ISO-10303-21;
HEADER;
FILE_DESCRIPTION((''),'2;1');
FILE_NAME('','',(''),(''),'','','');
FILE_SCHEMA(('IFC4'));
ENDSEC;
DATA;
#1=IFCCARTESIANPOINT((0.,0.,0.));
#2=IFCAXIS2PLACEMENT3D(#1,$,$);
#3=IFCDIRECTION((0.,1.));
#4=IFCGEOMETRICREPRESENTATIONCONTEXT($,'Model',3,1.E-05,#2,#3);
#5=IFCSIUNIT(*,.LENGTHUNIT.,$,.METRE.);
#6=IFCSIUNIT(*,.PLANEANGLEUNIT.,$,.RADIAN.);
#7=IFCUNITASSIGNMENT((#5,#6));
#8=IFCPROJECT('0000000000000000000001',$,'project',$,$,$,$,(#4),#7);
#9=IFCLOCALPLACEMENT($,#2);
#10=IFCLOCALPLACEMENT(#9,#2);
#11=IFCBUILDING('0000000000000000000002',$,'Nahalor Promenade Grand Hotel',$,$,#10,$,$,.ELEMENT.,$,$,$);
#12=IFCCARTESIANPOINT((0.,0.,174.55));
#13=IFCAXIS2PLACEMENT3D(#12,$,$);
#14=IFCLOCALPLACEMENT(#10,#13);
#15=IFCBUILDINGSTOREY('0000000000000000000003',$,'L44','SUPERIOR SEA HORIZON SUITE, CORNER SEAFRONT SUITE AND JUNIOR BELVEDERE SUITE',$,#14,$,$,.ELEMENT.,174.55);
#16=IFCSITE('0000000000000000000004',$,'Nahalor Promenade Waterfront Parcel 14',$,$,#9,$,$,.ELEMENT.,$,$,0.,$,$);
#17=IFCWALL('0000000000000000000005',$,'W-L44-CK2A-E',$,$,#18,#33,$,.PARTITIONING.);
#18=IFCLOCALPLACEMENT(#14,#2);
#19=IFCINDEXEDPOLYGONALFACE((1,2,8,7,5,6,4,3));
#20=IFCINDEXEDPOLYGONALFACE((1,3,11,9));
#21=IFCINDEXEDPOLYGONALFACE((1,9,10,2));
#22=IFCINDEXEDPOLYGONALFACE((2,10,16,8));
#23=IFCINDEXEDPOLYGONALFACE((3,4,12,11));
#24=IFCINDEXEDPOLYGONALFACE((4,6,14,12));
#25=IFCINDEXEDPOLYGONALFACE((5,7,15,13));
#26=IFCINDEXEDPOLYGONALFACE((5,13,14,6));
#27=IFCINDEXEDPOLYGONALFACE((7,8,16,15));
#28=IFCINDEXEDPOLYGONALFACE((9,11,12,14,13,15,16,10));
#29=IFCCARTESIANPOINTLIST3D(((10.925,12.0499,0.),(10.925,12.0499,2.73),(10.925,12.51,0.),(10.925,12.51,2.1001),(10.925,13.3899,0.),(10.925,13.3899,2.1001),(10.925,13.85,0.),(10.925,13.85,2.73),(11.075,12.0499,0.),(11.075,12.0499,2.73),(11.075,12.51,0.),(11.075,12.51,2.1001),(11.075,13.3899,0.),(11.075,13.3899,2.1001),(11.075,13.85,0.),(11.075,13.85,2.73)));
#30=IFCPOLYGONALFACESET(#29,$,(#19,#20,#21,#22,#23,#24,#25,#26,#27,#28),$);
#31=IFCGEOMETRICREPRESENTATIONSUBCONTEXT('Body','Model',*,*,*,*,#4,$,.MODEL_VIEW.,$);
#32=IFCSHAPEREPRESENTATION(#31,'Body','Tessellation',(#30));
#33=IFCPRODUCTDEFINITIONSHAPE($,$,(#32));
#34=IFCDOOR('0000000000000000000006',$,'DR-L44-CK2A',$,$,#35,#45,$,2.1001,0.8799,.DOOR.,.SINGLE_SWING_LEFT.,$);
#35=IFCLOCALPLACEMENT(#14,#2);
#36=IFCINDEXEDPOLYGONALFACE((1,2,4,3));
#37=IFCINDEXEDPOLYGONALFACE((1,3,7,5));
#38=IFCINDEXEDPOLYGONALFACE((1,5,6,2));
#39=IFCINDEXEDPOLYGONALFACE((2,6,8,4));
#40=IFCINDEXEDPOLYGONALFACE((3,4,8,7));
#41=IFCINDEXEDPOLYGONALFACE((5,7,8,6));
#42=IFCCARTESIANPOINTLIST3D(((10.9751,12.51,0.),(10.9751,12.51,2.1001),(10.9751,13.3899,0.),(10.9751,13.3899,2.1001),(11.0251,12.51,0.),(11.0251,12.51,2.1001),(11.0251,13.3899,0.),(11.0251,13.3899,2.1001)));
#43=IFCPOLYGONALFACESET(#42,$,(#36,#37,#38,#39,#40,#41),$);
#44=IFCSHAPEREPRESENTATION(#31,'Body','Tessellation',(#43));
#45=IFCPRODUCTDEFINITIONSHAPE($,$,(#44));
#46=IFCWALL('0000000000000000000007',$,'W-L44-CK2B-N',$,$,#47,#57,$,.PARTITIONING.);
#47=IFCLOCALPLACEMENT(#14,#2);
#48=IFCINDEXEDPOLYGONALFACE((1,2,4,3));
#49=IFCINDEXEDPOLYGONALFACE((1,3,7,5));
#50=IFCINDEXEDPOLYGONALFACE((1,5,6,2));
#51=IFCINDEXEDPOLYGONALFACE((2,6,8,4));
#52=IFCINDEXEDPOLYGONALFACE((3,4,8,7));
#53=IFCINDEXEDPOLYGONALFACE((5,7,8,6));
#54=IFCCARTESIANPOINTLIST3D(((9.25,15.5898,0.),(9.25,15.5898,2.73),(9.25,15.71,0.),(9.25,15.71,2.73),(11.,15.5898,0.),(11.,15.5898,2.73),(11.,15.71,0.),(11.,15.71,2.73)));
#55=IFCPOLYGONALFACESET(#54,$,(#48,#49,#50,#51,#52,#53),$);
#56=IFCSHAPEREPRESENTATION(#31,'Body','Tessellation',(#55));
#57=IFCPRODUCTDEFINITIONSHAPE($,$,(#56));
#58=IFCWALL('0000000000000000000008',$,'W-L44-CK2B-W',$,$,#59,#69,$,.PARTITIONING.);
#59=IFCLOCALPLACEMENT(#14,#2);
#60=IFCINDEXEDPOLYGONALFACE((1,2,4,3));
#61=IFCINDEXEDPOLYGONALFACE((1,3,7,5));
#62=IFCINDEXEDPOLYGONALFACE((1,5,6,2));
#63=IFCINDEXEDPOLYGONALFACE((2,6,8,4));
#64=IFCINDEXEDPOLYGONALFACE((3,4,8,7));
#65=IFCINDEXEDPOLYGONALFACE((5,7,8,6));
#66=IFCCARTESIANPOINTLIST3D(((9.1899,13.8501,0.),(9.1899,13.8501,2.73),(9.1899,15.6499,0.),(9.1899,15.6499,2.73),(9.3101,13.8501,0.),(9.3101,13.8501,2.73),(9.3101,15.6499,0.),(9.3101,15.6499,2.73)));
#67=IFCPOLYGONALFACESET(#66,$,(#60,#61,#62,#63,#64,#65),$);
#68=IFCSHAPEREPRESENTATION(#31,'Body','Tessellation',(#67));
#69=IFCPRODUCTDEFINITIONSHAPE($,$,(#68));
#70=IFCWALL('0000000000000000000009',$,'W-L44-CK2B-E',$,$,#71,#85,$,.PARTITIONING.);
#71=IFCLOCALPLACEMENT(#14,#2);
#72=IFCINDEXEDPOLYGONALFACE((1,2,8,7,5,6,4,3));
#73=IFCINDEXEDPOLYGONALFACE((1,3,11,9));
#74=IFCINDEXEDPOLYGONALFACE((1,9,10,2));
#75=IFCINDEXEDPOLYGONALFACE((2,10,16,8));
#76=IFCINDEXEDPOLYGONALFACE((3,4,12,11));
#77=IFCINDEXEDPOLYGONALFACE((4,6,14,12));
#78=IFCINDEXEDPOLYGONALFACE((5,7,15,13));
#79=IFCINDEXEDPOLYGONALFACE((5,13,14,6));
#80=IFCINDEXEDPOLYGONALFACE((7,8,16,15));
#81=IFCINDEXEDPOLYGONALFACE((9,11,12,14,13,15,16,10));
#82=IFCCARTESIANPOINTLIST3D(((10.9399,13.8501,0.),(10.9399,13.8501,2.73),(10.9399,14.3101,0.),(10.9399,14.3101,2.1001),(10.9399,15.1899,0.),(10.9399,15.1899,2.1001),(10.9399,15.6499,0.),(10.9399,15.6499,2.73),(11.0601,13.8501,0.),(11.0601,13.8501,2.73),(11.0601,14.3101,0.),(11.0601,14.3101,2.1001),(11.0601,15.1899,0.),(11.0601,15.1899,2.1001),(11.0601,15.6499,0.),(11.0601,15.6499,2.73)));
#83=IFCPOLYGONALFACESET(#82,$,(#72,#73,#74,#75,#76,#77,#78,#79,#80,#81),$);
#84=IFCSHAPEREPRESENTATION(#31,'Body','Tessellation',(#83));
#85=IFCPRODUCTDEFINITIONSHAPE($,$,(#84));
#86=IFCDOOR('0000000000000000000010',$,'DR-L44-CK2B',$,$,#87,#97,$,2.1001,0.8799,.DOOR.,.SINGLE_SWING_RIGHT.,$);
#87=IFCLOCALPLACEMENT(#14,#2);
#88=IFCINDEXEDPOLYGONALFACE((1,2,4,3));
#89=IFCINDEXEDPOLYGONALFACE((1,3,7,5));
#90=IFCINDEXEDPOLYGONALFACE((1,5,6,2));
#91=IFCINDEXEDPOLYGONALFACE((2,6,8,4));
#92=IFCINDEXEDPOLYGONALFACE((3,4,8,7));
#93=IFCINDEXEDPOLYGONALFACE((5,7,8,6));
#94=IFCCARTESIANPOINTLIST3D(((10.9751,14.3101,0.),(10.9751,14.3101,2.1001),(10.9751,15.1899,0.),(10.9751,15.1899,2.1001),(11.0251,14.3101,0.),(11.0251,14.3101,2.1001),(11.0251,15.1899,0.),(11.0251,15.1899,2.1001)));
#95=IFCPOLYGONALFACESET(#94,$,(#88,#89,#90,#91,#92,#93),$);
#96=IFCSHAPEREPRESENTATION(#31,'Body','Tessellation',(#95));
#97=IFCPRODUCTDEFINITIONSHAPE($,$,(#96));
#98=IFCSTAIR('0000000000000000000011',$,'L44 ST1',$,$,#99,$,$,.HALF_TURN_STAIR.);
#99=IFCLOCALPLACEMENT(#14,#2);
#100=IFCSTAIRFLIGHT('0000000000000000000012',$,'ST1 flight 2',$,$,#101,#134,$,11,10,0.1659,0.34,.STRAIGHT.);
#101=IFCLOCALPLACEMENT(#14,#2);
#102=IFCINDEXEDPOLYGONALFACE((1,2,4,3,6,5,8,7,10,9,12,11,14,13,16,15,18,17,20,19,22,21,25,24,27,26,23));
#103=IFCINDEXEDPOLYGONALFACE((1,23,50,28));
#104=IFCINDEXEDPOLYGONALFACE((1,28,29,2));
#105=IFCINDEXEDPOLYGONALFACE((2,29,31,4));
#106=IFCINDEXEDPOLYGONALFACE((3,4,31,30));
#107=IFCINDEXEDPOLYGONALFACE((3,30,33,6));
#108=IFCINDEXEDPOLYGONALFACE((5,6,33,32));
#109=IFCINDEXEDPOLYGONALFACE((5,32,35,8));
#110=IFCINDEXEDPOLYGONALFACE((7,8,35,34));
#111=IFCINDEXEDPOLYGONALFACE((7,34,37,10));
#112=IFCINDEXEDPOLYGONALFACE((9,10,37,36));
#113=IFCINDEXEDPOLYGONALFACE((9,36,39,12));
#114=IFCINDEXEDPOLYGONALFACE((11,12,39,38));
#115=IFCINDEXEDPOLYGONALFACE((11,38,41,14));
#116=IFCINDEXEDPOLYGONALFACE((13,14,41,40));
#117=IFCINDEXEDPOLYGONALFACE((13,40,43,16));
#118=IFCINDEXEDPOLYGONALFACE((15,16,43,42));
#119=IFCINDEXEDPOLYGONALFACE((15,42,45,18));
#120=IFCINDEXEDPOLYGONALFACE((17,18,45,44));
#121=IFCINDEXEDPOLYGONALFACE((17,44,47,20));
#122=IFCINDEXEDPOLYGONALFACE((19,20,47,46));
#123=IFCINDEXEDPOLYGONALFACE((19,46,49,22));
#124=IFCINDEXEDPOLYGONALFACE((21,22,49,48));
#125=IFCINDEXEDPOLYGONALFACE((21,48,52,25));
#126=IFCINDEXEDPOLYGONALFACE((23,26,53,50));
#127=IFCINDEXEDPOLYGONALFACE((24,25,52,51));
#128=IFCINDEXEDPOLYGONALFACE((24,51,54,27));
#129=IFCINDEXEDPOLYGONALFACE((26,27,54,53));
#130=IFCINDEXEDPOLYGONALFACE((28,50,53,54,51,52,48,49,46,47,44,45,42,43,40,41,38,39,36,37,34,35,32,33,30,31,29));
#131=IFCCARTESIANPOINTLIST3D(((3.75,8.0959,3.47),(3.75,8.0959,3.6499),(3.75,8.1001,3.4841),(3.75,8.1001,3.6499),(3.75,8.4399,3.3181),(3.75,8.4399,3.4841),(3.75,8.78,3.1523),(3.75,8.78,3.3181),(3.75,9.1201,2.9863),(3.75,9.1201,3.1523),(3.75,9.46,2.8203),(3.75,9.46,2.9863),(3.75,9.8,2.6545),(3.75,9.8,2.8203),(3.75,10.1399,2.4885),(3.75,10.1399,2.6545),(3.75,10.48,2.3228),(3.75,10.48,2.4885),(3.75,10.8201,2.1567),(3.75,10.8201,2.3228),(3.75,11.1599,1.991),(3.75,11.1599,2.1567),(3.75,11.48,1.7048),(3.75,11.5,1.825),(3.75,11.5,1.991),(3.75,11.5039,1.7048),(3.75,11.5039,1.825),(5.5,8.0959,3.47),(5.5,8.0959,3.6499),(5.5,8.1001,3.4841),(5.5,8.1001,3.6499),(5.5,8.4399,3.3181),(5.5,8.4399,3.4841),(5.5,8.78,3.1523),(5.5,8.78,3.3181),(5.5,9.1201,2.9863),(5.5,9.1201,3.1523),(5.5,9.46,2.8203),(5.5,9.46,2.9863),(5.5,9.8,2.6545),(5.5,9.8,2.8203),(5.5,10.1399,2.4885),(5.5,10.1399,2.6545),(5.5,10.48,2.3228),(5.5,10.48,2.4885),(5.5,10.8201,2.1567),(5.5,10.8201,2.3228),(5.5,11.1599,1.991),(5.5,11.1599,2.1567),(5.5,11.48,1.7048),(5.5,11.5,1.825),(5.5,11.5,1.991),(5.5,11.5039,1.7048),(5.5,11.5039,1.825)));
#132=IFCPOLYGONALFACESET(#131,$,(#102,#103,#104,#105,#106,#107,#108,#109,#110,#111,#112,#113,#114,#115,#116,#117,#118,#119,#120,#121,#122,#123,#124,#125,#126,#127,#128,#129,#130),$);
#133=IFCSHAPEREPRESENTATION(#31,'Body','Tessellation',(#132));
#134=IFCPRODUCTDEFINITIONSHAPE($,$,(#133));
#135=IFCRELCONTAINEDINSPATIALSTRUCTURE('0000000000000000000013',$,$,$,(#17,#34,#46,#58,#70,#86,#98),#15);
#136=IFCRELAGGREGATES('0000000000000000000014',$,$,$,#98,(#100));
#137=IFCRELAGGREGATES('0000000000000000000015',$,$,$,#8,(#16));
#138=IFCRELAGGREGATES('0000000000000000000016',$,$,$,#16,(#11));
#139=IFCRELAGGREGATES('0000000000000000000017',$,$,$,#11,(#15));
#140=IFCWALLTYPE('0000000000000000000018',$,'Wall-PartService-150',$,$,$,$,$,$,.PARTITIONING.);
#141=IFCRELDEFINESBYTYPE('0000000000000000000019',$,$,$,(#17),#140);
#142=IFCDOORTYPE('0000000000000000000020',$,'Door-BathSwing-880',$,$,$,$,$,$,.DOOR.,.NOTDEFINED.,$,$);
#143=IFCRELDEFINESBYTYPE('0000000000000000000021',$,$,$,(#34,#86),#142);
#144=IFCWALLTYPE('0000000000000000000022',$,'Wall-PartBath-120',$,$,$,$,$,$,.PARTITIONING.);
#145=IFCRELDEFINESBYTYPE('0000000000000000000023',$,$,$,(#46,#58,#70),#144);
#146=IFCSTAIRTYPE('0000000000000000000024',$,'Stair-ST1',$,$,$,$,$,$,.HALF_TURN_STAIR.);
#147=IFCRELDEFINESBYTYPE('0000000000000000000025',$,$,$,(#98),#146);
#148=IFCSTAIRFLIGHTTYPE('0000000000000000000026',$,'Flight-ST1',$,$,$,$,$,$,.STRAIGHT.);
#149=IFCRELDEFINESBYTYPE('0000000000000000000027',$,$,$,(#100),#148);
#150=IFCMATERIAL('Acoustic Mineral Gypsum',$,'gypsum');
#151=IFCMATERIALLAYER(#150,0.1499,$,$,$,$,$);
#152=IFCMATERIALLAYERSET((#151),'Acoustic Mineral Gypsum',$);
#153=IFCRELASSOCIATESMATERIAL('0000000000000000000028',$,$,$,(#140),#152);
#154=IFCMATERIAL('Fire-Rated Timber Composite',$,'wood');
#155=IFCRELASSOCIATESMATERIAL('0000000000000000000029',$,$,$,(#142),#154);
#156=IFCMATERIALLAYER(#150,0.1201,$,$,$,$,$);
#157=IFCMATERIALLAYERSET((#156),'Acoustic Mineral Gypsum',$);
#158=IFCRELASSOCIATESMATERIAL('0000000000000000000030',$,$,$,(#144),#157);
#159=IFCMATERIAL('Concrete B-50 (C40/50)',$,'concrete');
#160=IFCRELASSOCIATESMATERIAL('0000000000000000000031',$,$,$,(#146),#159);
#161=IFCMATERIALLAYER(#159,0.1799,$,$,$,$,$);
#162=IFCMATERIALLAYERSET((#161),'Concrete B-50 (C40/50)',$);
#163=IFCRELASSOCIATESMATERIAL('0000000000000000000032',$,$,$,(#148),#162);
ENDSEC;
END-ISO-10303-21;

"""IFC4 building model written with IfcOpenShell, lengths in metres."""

from ifc_helpers import new_model, si_unit, direction, frame, frame_2d, origin, place, context, subcontext, project, spatial, polyline, rectangle, outline, extrude, source, transform, mapped, material, layer, layer_set, type_object, element, fill, aggregate, save


model = new_model("IFC4")

# Units and contexts
model_context = context("Model", 3, precision=1e-05, world=origin(), true_north=direction((0.0, 1.0)))
body_context = subcontext(model_context, "Body", "Model", "MODEL_VIEW")
ifc_project = project(units=[si_unit("LENGTHUNIT", "METRE"), si_unit("PLANEANGLEUNIT", "RADIAN")], contexts=[model_context])

# Site, building, storey
site_placement = place(None, origin())
site = spatial("IfcSite", under=ifc_project, at=site_placement, Name="Nahalor Promenade Waterfront Parcel 14", CompositionType="ELEMENT", RefElevation=0.0)
building_placement = place(site_placement, origin())
building = spatial("IfcBuilding", under=site, at=building_placement, Name="Nahalor Promenade Grand Hotel", CompositionType="ELEMENT")
storey_placement = place(building_placement, frame((0.0, 0.0, 174.55)))
storey = spatial("IfcBuildingStorey", under=building, at=storey_placement, Name="L44", Description="SUPERIOR SEA HORIZON SUITE, CORNER SEAFRONT SUITE AND JUNIOR BELVEDERE SUITE", CompositionType="ELEMENT", Elevation=174.55)

# Shared definitions
ifc_material_1 = material(Name="Concrete B-50 (C40/50)", Category="concrete")
ifc_material_2 = material(Name="Acoustic Mineral Gypsum", Category="gypsum")
ifc_layer_1 = layer(ifc_material_2, 0.1499)
ifc_layer_set_1 = layer_set([ifc_layer_1], Name="Acoustic Mineral Gypsum")
wall_type_1 = type_object("IfcWallType", Name="Wall-PartService-150", PredefinedType="PARTITIONING", material=ifc_layer_set_1)
shared_shape_1 = source(origin(), body_context, "Body", "SweptSolid", [
    extrude(rectangle(XDim=1.8, YDim=0.1499, at=frame_2d((0.8999, 0.0))), origin(), (0.0, 0.0, 1.0), 2.73),
])

# Wall, opening, door
wall_1_placement = place(storey_placement, frame((11.0, 12.05, 0.0), z_axis=(0.0, 0.0, 1.0), x_axis=(0.0, 1.0, 0.0)))
wall_1 = element("IfcWall", 1, at=wall_1_placement, inside=storey, type_object=wall_type_1, Name="W-L44-CK2A-E", PredefinedType="PARTITIONING", context=body_context, shape_type="MappedRepresentation", body=[
    mapped(shared_shape_1, transform((0.0, 0.0, 0.0), scale=1.0)),
])
opening_1_placement = place(wall_1_placement, frame((0.46, 0.0, 0.0)))
opening_1 = element("IfcOpeningElement", 2, at=opening_1_placement, cuts=wall_1, PredefinedType="OPENING", context=body_context, shape_type="SweptSolid", body=[
    extrude(rectangle(XDim=0.8799, YDim=2.1001, at=frame_2d((0.4399, 1.05))), frame((0.0, 0.085, 0.0), z_axis=(0.0, -1.0, 0.0), x_axis=(1.0, 0.0, 0.0)), (0.0, 0.0, 1.0), 0.1699),
])
ifc_material_3 = material(Name="Fire-Rated Timber Composite", Category="wood")
door_type = type_object("IfcDoorType", Name="Door-BathSwing-880", OperationType="NOTDEFINED", PredefinedType="DOOR", material=ifc_material_3)
shared_shape_2 = source(origin(), body_context, "Body", "SweptSolid", [
    extrude(rectangle(XDim=0.8799, YDim=2.1001, at=frame_2d((0.4399, 1.05))), frame((0.0, 0.0249, 0.0), z_axis=(0.0, -1.0, 0.0), x_axis=(1.0, 0.0, 0.0)), (0.0, 0.0, 1.0), 0.05),
])
door_1_placement = place(opening_1_placement, origin())
door_1 = element("IfcDoor", 3, at=door_1_placement, inside=storey, type_object=door_type, Name="DR-L44-CK2A", OperationType="SINGLE_SWING_LEFT", OverallHeight=2.1001, OverallWidth=0.8799, PredefinedType="DOOR", context=body_context, shape_type="MappedRepresentation", body=[
    mapped(shared_shape_2, transform((0.0, 0.0, 0.0), scale=1.0)),
])
fill(opening_1, door_1)

# Walls
ifc_layer_2 = layer(ifc_material_2, 0.1201)
ifc_layer_set_2 = layer_set([ifc_layer_2], Name="Acoustic Mineral Gypsum")
wall_type_2 = type_object("IfcWallType", Name="Wall-PartBath-120", PredefinedType="PARTITIONING", material=ifc_layer_set_2)
shared_shape_3 = source(origin(), body_context, "Body", "SweptSolid", [
    extrude(rectangle(XDim=1.75, YDim=0.1201, at=frame_2d((0.875, 0.0))), origin(), (0.0, 0.0, 1.0), 2.73),
])
wall_2_placement = place(storey_placement, frame((9.25, 15.6499, 0.0), z_axis=(0.0, 0.0, 1.0), x_axis=(1.0, 0.0, 0.0)))
element("IfcWall", 4, at=wall_2_placement, inside=storey, type_object=wall_type_2, Name="W-L44-CK2B-N", PredefinedType="PARTITIONING", context=body_context, shape_type="MappedRepresentation", body=[
    mapped(shared_shape_3, transform((0.0, 0.0, 0.0), scale=1.0)),
])
shared_shape_4 = source(origin(), body_context, "Body", "SweptSolid", [
    extrude(rectangle(XDim=1.7998, YDim=0.1201, at=frame_2d((0.8999, 0.0))), origin(), (0.0, 0.0, 1.0), 2.73),
])
wall_3_placement = place(storey_placement, frame((9.25, 13.8501, 0.0), z_axis=(0.0, 0.0, 1.0), x_axis=(0.0, 1.0, 0.0)))
element("IfcWall", 5, at=wall_3_placement, inside=storey, type_object=wall_type_2, Name="W-L44-CK2B-W", PredefinedType="PARTITIONING", context=body_context, shape_type="MappedRepresentation", body=[
    mapped(shared_shape_4, transform((0.0, 0.0, 0.0), scale=1.0)),
])

# Wall, opening, door
wall_4_placement = place(storey_placement, frame((11.0, 13.8501, 0.0), z_axis=(0.0, 0.0, 1.0), x_axis=(0.0, 1.0, 0.0)))
wall_4 = element("IfcWall", 6, at=wall_4_placement, inside=storey, type_object=wall_type_2, Name="W-L44-CK2B-E", PredefinedType="PARTITIONING", context=body_context, shape_type="MappedRepresentation", body=[
    mapped(shared_shape_4, transform((0.0, 0.0, 0.0), scale=1.0)),
])
opening_2_placement = place(wall_4_placement, frame((0.46, 0.0, 0.0)))
opening_2 = element("IfcOpeningElement", 7, at=opening_2_placement, cuts=wall_4, PredefinedType="OPENING", context=body_context, shape_type="SweptSolid", body=[
    extrude(rectangle(XDim=0.8799, YDim=2.1001, at=frame_2d((0.4399, 1.05))), frame((0.0, 0.0701, 0.0), z_axis=(0.0, -1.0, 0.0), x_axis=(1.0, 0.0, 0.0)), (0.0, 0.0, 1.0), 0.1401),
])
door_2_placement = place(opening_2_placement, origin())
door_2 = element("IfcDoor", 8, at=door_2_placement, inside=storey, type_object=door_type, Name="DR-L44-CK2B", OperationType="SINGLE_SWING_RIGHT", OverallHeight=2.1001, OverallWidth=0.8799, PredefinedType="DOOR", context=body_context, shape_type="MappedRepresentation", body=[
    mapped(shared_shape_2, transform((0.0, 0.0, 0.0), scale=1.0)),
])
fill(opening_2, door_2)

# Stair, stair flight
stair_type = type_object("IfcStairType", Name="Stair-ST1", PredefinedType="HALF_TURN_STAIR", material=ifc_material_1)
stair_placement = place(storey_placement, origin())
stair = element("IfcStair", 9, at=stair_placement, inside=storey, type_object=stair_type, Name="L44 ST1", PredefinedType="HALF_TURN_STAIR")
ifc_layer_3 = layer(ifc_material_1, 0.1799)
ifc_layer_set_3 = layer_set([ifc_layer_3], Name="Concrete B-50 (C40/50)")
stair_flight_type = type_object("IfcStairFlightType", Name="Flight-ST1", PredefinedType="STRAIGHT", material=ifc_layer_set_3)
shared_shape_5 = source(origin(), body_context, "Body", "SweptSolid", [
    extrude(outline(polyline([(-0.0039, -0.1201), (-0.0039, 0.0), (0.0, 0.0), (0.0, 0.166), (0.3401, 0.166), (0.3401, 0.3318), (0.6799, 0.3318), (0.6799, 0.4978), (1.02, 0.4978), (1.02, 0.6636), (1.3601, 0.6636), (1.3601, 0.8296), (1.7, 0.8296), (1.7, 0.9954), (2.04, 0.9954), (2.04, 1.1614), (2.3799, 1.1614), (2.3799, 1.3274), (2.72, 1.3274), (2.72, 1.4932), (3.0601, 1.4932), (3.0601, 1.6592), (3.3999, 1.6592), (3.3999, 1.825), (3.4041, 1.825), (3.4041, 1.645), (0.02, -0.1201), (-0.0039, -0.1201)])), frame((0.0, 0.875, 0.0), z_axis=(0.0, -1.0, 0.0), x_axis=(1.0, 0.0, 0.0)), (0.0, 0.0, 1.0), 1.75),
])
stair_flight_placement = place(storey_placement, frame((4.625, 11.5, 1.825), z_axis=(0.0, 0.0, 1.0), x_axis=(0.0, -1.0, 0.0)))
stair_flight = element("IfcStairFlight", 10, at=stair_flight_placement, type_object=stair_flight_type, Name="ST1 flight 2", NumberOfRisers=11, NumberOfTreads=10, PredefinedType="STRAIGHT", RiserHeight=0.1659, TreadLength=0.34, context=body_context, shape_type="MappedRepresentation", body=[
    mapped(shared_shape_5, transform((0.0, 0.0, 0.0), scale=1.0)),
])
aggregate(stair, [stair_flight])

save(model, "model.ifc")
